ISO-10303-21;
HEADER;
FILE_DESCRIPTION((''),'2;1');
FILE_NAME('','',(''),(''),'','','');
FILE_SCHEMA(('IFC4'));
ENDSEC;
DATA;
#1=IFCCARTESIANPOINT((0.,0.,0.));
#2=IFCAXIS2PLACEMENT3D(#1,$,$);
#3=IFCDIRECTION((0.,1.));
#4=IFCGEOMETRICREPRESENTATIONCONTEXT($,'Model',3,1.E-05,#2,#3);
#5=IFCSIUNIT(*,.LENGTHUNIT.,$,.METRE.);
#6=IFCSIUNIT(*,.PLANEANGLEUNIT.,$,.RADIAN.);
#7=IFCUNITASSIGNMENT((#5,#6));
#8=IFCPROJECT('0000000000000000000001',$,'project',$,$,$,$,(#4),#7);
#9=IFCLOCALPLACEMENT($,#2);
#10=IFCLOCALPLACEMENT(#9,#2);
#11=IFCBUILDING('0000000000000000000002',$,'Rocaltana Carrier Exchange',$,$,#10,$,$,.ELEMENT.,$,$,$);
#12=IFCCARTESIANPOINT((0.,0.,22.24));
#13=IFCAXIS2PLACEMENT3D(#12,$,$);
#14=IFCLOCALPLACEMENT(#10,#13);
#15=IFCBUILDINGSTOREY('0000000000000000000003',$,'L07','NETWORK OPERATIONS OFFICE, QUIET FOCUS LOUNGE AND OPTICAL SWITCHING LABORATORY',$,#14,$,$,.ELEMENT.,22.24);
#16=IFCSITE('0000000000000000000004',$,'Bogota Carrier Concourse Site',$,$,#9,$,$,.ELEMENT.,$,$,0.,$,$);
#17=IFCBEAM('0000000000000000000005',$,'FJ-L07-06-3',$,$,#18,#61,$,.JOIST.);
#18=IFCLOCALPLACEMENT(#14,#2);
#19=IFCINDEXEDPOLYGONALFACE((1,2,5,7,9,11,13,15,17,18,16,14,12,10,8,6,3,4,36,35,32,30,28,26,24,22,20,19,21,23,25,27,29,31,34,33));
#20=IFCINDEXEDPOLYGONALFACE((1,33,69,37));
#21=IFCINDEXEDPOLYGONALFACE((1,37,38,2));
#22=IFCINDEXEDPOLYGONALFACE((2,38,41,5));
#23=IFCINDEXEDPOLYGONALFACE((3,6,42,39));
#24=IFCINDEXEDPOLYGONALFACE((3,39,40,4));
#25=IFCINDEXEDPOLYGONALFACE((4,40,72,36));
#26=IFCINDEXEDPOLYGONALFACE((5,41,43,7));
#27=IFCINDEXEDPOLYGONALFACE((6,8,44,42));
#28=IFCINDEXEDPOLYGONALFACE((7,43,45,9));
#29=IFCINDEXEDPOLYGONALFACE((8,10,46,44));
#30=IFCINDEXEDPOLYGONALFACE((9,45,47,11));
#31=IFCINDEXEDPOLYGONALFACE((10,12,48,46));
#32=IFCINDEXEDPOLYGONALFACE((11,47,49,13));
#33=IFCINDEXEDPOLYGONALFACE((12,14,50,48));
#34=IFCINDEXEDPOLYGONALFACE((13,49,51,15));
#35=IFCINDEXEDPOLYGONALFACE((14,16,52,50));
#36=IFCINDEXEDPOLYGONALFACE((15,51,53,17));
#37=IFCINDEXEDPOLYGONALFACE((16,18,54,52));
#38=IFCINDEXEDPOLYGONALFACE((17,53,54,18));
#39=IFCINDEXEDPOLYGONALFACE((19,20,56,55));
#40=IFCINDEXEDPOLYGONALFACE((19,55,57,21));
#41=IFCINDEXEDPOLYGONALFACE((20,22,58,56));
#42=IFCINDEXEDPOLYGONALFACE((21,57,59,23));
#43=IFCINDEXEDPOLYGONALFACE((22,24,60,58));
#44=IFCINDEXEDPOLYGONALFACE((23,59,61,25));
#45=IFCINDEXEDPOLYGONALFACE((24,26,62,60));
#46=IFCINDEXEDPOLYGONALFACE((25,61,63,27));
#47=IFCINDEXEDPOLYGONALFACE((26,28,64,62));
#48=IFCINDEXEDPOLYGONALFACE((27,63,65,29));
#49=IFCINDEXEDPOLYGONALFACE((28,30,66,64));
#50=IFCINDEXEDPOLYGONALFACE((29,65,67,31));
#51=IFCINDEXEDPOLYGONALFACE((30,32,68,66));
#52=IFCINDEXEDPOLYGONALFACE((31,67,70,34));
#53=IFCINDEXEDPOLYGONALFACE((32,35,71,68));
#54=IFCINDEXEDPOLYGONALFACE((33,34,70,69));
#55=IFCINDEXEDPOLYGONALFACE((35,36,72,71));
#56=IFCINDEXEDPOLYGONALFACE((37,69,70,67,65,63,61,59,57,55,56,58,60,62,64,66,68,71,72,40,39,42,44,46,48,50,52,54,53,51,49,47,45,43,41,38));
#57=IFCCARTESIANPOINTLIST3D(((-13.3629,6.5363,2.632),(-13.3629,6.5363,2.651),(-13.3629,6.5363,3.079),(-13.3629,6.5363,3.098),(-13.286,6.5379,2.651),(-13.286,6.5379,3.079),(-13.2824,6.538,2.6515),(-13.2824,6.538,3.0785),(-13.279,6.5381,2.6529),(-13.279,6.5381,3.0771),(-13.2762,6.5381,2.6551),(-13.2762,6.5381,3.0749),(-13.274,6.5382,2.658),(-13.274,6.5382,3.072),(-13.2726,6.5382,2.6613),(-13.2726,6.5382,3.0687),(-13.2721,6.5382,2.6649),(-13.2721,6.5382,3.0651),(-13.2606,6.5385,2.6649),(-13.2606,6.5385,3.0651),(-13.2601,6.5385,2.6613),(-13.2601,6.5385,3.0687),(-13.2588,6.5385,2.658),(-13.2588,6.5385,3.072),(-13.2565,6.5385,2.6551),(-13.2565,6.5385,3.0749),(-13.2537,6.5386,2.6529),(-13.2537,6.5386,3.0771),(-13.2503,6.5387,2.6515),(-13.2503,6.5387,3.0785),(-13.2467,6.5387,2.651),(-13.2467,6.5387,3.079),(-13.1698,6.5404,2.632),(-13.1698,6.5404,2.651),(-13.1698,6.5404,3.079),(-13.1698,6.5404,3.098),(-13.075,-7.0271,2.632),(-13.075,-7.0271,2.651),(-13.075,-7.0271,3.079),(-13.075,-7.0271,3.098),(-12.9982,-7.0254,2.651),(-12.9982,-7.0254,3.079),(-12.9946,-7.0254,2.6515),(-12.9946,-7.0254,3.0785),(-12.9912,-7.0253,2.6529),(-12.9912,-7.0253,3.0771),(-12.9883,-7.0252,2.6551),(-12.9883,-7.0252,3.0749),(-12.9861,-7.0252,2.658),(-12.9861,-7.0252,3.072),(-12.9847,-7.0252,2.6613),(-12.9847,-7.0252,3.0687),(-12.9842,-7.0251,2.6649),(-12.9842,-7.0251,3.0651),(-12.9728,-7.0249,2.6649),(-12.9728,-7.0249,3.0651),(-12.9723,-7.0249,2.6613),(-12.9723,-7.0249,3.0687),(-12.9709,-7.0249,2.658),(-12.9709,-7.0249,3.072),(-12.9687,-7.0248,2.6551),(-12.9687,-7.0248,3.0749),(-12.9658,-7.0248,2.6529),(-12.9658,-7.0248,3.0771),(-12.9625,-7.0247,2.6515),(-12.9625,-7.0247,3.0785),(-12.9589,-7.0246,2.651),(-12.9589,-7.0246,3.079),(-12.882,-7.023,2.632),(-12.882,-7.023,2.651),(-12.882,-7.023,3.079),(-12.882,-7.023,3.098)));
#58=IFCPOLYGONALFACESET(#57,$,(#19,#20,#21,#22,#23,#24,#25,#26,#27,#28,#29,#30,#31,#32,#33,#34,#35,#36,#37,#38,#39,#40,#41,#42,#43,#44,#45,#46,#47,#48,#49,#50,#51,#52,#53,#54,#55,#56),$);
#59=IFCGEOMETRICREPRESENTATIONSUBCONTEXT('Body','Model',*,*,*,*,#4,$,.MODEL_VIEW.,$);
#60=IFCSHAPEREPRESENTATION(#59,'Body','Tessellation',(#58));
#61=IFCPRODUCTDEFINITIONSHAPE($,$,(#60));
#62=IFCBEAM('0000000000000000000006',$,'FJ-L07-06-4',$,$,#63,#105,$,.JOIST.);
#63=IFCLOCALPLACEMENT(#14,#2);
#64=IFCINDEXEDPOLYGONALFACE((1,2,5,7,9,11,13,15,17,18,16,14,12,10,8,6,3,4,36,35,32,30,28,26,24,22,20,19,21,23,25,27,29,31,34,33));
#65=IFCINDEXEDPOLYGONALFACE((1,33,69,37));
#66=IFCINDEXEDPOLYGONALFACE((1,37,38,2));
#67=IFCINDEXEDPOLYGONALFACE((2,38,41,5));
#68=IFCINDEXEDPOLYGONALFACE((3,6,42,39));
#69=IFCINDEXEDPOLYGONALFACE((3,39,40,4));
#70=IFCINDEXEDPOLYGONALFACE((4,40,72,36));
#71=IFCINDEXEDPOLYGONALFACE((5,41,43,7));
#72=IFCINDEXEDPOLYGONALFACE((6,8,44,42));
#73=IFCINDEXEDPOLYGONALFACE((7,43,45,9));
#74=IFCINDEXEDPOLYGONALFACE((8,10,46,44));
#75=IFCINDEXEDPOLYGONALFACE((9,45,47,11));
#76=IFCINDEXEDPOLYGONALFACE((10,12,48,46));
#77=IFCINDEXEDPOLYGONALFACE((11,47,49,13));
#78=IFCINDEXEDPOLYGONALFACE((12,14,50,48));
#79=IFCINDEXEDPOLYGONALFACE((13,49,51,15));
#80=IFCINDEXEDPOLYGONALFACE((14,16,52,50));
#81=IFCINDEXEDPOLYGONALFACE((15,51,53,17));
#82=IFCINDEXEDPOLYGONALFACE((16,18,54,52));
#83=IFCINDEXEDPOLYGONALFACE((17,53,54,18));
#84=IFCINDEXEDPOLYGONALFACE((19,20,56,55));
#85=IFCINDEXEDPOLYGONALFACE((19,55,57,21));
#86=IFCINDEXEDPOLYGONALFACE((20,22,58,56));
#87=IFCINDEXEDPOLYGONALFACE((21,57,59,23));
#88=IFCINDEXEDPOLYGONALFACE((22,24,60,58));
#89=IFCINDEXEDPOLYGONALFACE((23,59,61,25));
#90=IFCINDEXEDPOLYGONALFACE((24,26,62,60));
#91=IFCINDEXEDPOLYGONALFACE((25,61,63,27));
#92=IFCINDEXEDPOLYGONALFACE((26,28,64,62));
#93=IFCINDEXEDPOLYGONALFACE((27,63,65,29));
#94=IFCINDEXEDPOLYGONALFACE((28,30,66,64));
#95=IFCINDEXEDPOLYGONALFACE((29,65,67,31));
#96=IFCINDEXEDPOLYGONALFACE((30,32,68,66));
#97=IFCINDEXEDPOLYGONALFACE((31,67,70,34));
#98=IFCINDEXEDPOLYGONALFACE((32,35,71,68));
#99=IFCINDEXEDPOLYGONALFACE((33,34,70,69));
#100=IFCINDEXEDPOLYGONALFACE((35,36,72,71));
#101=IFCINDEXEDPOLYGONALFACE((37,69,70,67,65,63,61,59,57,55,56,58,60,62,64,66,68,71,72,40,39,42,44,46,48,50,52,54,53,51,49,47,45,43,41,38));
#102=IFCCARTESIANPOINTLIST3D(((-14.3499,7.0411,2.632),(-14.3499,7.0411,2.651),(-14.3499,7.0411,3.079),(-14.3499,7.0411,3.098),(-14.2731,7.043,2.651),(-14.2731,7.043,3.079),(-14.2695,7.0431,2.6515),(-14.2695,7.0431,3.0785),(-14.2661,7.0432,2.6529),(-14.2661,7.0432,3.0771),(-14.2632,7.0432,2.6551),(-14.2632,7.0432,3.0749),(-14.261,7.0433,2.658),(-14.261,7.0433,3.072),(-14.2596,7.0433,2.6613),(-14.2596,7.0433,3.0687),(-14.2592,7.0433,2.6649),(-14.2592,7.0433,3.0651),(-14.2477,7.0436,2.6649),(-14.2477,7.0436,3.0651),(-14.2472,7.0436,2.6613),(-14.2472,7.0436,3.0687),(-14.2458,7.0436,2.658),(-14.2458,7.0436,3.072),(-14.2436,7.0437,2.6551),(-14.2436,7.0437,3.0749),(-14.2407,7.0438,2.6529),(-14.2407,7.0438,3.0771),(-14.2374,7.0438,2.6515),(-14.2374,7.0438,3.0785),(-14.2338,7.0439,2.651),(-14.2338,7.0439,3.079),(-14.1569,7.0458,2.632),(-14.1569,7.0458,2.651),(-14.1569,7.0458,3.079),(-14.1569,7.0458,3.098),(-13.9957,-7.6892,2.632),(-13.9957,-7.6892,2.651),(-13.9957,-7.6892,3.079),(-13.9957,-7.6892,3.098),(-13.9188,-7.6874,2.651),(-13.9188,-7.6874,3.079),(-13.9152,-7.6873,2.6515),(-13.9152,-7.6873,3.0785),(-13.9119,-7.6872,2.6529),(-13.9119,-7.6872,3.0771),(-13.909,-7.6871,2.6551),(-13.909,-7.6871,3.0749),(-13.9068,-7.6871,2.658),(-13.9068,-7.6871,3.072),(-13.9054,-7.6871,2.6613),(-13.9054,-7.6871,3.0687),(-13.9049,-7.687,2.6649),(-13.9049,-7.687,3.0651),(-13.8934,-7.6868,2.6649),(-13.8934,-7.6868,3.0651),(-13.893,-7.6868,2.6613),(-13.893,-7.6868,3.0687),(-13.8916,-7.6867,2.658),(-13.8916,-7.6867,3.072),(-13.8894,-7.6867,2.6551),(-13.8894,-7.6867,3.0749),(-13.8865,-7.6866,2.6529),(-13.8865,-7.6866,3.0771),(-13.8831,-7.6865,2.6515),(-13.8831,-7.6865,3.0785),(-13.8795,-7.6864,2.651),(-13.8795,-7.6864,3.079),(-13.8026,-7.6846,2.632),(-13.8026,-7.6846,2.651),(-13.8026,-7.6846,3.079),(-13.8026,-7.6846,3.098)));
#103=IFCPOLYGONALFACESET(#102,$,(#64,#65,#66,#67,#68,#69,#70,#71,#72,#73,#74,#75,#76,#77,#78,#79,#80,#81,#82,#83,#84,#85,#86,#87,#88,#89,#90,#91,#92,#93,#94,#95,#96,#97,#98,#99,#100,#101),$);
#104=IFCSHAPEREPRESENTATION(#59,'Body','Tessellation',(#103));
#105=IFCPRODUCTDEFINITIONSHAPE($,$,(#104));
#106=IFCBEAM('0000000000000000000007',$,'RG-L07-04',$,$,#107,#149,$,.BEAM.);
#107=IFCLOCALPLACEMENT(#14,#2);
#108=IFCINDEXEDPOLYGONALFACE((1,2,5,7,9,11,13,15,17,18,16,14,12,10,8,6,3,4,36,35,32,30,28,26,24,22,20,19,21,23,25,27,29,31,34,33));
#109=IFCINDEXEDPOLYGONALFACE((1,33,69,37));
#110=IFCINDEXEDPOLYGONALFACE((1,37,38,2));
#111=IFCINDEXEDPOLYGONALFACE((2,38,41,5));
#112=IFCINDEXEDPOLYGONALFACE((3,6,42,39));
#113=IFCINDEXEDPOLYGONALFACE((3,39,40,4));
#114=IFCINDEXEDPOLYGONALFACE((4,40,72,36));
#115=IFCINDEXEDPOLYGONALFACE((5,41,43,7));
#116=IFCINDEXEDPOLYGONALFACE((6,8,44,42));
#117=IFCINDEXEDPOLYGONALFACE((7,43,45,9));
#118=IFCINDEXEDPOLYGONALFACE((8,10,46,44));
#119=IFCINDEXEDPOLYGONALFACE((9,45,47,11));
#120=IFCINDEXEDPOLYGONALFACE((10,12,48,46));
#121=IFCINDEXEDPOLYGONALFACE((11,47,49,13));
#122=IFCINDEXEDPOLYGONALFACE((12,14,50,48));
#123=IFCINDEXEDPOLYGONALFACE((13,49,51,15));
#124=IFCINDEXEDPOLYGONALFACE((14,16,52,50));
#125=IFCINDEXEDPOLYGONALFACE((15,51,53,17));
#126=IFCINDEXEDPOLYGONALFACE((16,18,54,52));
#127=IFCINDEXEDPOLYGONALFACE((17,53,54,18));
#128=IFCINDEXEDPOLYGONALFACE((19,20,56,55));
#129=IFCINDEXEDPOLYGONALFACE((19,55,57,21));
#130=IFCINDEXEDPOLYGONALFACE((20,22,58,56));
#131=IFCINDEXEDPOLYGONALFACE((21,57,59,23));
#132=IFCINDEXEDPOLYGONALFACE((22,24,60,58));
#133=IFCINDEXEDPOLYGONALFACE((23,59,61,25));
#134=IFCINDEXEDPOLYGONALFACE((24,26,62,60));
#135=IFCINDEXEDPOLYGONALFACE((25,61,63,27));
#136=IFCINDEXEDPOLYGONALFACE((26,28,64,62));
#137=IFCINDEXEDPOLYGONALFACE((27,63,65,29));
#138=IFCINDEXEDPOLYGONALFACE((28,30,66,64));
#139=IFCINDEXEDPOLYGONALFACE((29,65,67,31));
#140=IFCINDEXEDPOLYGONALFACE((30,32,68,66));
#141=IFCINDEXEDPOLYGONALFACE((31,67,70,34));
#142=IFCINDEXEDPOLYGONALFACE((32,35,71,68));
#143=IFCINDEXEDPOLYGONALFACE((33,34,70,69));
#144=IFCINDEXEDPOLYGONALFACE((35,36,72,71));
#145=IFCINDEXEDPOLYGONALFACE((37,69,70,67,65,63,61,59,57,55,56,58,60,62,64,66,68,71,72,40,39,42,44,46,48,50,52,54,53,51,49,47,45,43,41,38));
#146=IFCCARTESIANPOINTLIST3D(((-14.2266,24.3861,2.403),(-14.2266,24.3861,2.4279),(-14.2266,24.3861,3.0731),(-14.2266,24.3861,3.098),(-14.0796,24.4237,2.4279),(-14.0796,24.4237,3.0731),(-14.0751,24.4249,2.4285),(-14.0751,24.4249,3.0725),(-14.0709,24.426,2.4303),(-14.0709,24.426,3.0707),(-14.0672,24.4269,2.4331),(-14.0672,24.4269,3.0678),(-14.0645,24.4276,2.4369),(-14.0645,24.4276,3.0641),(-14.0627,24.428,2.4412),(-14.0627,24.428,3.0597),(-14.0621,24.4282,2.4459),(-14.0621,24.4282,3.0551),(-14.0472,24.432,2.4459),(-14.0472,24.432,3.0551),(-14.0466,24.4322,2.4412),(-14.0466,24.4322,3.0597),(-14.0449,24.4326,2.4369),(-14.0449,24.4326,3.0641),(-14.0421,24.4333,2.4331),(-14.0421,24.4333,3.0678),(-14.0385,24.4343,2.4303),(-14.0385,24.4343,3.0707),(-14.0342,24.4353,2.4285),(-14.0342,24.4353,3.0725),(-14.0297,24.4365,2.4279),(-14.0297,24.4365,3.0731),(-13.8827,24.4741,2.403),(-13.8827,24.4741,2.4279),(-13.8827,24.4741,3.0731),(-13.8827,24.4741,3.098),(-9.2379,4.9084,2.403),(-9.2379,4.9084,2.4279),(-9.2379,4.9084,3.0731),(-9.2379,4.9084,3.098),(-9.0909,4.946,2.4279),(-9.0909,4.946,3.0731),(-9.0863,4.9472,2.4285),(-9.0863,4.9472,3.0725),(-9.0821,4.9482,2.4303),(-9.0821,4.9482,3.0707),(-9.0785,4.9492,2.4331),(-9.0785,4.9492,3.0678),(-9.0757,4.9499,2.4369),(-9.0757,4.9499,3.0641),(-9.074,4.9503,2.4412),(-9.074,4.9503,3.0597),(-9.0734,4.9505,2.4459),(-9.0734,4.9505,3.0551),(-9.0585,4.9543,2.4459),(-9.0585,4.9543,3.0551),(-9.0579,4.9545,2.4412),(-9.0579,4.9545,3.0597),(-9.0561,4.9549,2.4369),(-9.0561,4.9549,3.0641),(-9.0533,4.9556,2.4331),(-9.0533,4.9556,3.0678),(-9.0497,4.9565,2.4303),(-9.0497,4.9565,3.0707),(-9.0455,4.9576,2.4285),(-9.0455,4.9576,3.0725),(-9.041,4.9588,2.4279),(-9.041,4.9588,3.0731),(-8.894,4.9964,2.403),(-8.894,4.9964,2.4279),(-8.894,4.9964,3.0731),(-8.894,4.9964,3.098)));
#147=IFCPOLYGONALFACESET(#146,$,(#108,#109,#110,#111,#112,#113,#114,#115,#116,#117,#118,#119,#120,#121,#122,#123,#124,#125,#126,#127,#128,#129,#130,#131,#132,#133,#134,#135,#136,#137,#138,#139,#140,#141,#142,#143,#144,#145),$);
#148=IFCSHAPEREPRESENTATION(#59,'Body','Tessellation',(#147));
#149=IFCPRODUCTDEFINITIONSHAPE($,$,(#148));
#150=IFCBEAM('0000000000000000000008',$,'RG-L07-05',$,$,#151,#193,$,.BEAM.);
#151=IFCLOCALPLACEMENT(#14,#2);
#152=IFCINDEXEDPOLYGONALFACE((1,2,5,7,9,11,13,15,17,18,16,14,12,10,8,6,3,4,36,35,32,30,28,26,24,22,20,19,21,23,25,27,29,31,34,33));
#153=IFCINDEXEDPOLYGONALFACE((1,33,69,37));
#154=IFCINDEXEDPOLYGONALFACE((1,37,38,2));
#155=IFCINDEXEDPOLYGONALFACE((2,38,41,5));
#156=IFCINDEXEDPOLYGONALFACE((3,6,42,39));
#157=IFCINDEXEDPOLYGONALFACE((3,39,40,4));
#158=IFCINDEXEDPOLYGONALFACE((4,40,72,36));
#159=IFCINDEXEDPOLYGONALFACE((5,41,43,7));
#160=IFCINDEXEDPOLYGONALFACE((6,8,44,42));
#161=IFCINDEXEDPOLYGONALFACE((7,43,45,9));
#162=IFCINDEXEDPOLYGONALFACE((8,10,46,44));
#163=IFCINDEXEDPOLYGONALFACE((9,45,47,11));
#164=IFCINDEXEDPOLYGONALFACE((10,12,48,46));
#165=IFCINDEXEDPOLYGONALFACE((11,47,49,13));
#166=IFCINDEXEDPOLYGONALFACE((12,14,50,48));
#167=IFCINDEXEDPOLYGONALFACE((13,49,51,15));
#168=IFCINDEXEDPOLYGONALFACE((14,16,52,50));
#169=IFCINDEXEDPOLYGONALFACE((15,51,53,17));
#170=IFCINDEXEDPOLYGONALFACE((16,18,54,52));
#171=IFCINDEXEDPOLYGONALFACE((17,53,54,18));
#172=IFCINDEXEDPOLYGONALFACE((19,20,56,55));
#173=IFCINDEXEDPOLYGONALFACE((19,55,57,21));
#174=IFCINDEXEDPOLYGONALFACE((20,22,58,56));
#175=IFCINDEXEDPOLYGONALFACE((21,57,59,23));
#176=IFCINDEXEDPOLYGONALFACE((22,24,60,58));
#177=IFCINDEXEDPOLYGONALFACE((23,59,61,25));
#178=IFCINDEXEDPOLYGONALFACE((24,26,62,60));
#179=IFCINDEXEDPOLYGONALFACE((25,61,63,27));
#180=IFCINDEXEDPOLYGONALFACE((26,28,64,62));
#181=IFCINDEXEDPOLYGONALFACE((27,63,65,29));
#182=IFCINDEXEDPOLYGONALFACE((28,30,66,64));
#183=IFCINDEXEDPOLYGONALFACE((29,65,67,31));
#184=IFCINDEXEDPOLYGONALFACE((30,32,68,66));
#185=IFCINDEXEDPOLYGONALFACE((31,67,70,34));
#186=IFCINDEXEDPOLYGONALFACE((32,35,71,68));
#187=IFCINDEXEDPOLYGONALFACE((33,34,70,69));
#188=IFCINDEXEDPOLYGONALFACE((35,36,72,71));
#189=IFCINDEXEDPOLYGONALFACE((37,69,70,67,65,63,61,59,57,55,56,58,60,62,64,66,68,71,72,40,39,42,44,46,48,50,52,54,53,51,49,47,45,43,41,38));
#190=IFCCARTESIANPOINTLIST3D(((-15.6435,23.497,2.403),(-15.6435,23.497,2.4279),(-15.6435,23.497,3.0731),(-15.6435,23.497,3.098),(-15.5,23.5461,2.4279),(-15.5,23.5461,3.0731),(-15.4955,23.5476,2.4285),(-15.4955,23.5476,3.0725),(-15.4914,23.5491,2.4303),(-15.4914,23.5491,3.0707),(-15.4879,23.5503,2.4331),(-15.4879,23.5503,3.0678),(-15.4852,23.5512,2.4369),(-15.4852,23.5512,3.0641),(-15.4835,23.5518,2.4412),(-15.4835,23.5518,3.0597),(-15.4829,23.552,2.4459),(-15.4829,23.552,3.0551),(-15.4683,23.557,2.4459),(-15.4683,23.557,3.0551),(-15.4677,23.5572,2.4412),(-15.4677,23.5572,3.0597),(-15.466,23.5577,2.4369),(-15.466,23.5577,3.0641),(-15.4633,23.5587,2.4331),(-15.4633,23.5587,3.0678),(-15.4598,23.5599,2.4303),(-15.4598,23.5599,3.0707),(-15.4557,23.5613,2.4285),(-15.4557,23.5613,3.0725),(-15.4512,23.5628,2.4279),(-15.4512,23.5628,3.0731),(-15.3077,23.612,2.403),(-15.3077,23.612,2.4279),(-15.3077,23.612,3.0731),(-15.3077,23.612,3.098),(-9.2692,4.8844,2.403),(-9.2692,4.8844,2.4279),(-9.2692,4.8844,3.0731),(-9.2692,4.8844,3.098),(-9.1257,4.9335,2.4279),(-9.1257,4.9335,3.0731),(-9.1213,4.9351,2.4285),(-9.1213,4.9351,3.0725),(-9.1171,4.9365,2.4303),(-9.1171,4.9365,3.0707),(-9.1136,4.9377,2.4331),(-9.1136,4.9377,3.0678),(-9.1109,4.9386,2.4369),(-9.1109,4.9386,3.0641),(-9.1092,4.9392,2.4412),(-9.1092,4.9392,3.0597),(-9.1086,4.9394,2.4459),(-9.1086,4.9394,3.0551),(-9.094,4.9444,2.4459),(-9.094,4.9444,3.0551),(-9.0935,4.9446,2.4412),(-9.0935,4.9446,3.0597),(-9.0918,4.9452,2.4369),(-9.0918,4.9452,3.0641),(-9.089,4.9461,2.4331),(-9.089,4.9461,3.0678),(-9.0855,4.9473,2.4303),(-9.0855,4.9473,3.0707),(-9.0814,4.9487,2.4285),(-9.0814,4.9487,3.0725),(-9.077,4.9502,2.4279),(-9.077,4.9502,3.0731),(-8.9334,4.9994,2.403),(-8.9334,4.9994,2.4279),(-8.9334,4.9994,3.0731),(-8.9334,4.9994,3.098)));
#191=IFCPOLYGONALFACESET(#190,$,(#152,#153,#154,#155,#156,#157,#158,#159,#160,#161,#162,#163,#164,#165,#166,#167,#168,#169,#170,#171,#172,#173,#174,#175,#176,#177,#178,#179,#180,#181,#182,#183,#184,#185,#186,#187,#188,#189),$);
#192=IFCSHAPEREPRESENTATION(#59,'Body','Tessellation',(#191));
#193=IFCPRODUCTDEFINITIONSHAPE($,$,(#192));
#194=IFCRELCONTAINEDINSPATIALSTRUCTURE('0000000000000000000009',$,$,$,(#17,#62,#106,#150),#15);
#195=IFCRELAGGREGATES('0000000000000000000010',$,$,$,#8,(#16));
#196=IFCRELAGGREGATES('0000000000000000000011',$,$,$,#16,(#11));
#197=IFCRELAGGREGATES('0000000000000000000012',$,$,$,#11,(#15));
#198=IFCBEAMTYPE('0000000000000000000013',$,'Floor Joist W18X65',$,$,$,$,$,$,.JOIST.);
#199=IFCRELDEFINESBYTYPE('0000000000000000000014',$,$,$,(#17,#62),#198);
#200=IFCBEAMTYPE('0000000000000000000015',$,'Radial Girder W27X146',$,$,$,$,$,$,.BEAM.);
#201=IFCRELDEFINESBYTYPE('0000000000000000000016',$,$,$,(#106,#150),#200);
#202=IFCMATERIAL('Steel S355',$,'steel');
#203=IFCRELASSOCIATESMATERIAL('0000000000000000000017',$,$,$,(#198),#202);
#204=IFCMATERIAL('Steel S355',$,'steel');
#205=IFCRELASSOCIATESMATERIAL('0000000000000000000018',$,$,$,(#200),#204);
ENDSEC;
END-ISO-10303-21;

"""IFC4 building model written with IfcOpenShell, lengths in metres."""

from ifc_helpers import new_model, si_unit, direction, frame, origin, origin_2d, place, context, subcontext, project, spatial, i_section, extrude, material, material_profile, profile_set, type_object, element, save


model = new_model("IFC4")

# Units and contexts
model_context = context("Model", 3, precision=1e-05, world=origin(), true_north=direction((0.0, 1.0)))
body_context = subcontext(model_context, "Body", "Model", "MODEL_VIEW")
ifc_project = project(units=[si_unit("LENGTHUNIT", "METRE"), si_unit("PLANEANGLEUNIT", "RADIAN")], contexts=[model_context])

# Site, building, storey
site_placement = place(None, origin())
site = spatial("IfcSite", under=ifc_project, at=site_placement, Name="Bogota Carrier Concourse Site", CompositionType="ELEMENT", RefElevation=0.0)
building_placement = place(site_placement, origin())
building = spatial("IfcBuilding", under=site, at=building_placement, Name="Rocaltana Carrier Exchange", CompositionType="ELEMENT")
storey_placement = place(building_placement, frame((0.0, 0.0, 22.24)))
storey = spatial("IfcBuildingStorey", under=building, at=storey_placement, Name="L07", Description="NETWORK OPERATIONS OFFICE, QUIET FOCUS LOUNGE AND OPTICAL SWITCHING LABORATORY", CompositionType="ELEMENT", Elevation=22.24)

# Beams
ifc_material_1 = material(Name="Steel S355", Category="steel")
ifc_material_profile_1 = material_profile(ifc_material_1, i_section(OverallWidth=0.1931, OverallDepth=0.4661, WebThickness=0.0115, FlangeThickness=0.019, FilletRadius=0.0139, at=origin_2d()), Name="W18X65")
ifc_profile_set_1 = profile_set([ifc_material_profile_1], Name="Steel S355")
beam_type_1 = type_object("IfcBeamType", Name="Floor Joist W18X65", PredefinedType="JOIST", material=ifc_profile_set_1)
beam_1_placement = place(storey_placement, frame((-13.2664, 6.5383, 2.865), z_axis=(0.021217, -0.999775, 0.0), x_axis=(0.999775, 0.021217, 0.0)))
element("IfcBeam", 1, at=beam_1_placement, inside=storey, type_object=beam_type_1, Name="FJ-L07-06-3", PredefinedType="JOIST", context=body_context, shape_type="SweptSolid", body=[
    extrude(i_section(OverallWidth=0.1931, OverallDepth=0.4661, WebThickness=0.0115, FlangeThickness=0.019, FilletRadius=0.0139, at=origin_2d()), origin(), (0.0, 0.0, 1.0), 13.5664),
])
beam_2_placement = place(storey_placement, frame((-14.2534, 7.0435, 2.865), z_axis=(0.024042, -0.999711, 0.0), x_axis=(0.999711, 0.024042, 0.0)))
element("IfcBeam", 2, at=beam_2_placement, inside=storey, type_object=beam_type_1, Name="FJ-L07-06-4", PredefinedType="JOIST", context=body_context, shape_type="SweptSolid", body=[
    extrude(i_section(OverallWidth=0.1931, OverallDepth=0.4661, WebThickness=0.0115, FlangeThickness=0.019, FilletRadius=0.0139, at=origin_2d()), origin(), (0.0, 0.0, 1.0), 14.7346),
])
ifc_material_2 = material(Name="Steel S355", Category="steel")
ifc_material_profile_2 = material_profile(ifc_material_2, i_section(OverallWidth=0.355, OverallDepth=0.6951, WebThickness=0.0154, FlangeThickness=0.0249, FilletRadius=0.0181, at=origin_2d()), Name="W27X146")
ifc_profile_set_2 = profile_set([ifc_material_profile_2], Name="Steel S355")
beam_type_2 = type_object("IfcBeamType", Name="Radial Girder W27X146", PredefinedType="BEAM", material=ifc_profile_set_2)
beam_3_placement = place(storey_placement, frame((-9.0659, 4.9524, 2.7505), z_axis=(-0.248117, 0.96873, 0.0), x_axis=(-0.96873, -0.248117, 0.0)))
element("IfcBeam", 3, at=beam_3_placement, inside=storey, type_object=beam_type_2, Name="RG-L07-04", PredefinedType="BEAM", context=body_context, shape_type="SweptSolid", body=[
    extrude(i_section(OverallWidth=0.355, OverallDepth=0.6951, WebThickness=0.0154, FlangeThickness=0.0249, FilletRadius=0.0181, at=origin_2d()), origin(), (0.0, 0.0, 1.0), 20.1064),
])
beam_4_placement = place(storey_placement, frame((-9.1013, 4.9419, 2.7505), z_axis=(-0.323998, 0.946058, 0.0), x_axis=(-0.946058, -0.323998, 0.0)))
element("IfcBeam", 4, at=beam_4_placement, inside=storey, type_object=beam_type_2, Name="RG-L07-05", PredefinedType="BEAM", context=body_context, shape_type="SweptSolid", body=[
    extrude(i_section(OverallWidth=0.355, OverallDepth=0.6951, WebThickness=0.0154, FlangeThickness=0.0249, FilletRadius=0.0181, at=origin_2d()), origin(), (0.0, 0.0, 1.0), 19.6738),
])

save(model, "model.ifc")
